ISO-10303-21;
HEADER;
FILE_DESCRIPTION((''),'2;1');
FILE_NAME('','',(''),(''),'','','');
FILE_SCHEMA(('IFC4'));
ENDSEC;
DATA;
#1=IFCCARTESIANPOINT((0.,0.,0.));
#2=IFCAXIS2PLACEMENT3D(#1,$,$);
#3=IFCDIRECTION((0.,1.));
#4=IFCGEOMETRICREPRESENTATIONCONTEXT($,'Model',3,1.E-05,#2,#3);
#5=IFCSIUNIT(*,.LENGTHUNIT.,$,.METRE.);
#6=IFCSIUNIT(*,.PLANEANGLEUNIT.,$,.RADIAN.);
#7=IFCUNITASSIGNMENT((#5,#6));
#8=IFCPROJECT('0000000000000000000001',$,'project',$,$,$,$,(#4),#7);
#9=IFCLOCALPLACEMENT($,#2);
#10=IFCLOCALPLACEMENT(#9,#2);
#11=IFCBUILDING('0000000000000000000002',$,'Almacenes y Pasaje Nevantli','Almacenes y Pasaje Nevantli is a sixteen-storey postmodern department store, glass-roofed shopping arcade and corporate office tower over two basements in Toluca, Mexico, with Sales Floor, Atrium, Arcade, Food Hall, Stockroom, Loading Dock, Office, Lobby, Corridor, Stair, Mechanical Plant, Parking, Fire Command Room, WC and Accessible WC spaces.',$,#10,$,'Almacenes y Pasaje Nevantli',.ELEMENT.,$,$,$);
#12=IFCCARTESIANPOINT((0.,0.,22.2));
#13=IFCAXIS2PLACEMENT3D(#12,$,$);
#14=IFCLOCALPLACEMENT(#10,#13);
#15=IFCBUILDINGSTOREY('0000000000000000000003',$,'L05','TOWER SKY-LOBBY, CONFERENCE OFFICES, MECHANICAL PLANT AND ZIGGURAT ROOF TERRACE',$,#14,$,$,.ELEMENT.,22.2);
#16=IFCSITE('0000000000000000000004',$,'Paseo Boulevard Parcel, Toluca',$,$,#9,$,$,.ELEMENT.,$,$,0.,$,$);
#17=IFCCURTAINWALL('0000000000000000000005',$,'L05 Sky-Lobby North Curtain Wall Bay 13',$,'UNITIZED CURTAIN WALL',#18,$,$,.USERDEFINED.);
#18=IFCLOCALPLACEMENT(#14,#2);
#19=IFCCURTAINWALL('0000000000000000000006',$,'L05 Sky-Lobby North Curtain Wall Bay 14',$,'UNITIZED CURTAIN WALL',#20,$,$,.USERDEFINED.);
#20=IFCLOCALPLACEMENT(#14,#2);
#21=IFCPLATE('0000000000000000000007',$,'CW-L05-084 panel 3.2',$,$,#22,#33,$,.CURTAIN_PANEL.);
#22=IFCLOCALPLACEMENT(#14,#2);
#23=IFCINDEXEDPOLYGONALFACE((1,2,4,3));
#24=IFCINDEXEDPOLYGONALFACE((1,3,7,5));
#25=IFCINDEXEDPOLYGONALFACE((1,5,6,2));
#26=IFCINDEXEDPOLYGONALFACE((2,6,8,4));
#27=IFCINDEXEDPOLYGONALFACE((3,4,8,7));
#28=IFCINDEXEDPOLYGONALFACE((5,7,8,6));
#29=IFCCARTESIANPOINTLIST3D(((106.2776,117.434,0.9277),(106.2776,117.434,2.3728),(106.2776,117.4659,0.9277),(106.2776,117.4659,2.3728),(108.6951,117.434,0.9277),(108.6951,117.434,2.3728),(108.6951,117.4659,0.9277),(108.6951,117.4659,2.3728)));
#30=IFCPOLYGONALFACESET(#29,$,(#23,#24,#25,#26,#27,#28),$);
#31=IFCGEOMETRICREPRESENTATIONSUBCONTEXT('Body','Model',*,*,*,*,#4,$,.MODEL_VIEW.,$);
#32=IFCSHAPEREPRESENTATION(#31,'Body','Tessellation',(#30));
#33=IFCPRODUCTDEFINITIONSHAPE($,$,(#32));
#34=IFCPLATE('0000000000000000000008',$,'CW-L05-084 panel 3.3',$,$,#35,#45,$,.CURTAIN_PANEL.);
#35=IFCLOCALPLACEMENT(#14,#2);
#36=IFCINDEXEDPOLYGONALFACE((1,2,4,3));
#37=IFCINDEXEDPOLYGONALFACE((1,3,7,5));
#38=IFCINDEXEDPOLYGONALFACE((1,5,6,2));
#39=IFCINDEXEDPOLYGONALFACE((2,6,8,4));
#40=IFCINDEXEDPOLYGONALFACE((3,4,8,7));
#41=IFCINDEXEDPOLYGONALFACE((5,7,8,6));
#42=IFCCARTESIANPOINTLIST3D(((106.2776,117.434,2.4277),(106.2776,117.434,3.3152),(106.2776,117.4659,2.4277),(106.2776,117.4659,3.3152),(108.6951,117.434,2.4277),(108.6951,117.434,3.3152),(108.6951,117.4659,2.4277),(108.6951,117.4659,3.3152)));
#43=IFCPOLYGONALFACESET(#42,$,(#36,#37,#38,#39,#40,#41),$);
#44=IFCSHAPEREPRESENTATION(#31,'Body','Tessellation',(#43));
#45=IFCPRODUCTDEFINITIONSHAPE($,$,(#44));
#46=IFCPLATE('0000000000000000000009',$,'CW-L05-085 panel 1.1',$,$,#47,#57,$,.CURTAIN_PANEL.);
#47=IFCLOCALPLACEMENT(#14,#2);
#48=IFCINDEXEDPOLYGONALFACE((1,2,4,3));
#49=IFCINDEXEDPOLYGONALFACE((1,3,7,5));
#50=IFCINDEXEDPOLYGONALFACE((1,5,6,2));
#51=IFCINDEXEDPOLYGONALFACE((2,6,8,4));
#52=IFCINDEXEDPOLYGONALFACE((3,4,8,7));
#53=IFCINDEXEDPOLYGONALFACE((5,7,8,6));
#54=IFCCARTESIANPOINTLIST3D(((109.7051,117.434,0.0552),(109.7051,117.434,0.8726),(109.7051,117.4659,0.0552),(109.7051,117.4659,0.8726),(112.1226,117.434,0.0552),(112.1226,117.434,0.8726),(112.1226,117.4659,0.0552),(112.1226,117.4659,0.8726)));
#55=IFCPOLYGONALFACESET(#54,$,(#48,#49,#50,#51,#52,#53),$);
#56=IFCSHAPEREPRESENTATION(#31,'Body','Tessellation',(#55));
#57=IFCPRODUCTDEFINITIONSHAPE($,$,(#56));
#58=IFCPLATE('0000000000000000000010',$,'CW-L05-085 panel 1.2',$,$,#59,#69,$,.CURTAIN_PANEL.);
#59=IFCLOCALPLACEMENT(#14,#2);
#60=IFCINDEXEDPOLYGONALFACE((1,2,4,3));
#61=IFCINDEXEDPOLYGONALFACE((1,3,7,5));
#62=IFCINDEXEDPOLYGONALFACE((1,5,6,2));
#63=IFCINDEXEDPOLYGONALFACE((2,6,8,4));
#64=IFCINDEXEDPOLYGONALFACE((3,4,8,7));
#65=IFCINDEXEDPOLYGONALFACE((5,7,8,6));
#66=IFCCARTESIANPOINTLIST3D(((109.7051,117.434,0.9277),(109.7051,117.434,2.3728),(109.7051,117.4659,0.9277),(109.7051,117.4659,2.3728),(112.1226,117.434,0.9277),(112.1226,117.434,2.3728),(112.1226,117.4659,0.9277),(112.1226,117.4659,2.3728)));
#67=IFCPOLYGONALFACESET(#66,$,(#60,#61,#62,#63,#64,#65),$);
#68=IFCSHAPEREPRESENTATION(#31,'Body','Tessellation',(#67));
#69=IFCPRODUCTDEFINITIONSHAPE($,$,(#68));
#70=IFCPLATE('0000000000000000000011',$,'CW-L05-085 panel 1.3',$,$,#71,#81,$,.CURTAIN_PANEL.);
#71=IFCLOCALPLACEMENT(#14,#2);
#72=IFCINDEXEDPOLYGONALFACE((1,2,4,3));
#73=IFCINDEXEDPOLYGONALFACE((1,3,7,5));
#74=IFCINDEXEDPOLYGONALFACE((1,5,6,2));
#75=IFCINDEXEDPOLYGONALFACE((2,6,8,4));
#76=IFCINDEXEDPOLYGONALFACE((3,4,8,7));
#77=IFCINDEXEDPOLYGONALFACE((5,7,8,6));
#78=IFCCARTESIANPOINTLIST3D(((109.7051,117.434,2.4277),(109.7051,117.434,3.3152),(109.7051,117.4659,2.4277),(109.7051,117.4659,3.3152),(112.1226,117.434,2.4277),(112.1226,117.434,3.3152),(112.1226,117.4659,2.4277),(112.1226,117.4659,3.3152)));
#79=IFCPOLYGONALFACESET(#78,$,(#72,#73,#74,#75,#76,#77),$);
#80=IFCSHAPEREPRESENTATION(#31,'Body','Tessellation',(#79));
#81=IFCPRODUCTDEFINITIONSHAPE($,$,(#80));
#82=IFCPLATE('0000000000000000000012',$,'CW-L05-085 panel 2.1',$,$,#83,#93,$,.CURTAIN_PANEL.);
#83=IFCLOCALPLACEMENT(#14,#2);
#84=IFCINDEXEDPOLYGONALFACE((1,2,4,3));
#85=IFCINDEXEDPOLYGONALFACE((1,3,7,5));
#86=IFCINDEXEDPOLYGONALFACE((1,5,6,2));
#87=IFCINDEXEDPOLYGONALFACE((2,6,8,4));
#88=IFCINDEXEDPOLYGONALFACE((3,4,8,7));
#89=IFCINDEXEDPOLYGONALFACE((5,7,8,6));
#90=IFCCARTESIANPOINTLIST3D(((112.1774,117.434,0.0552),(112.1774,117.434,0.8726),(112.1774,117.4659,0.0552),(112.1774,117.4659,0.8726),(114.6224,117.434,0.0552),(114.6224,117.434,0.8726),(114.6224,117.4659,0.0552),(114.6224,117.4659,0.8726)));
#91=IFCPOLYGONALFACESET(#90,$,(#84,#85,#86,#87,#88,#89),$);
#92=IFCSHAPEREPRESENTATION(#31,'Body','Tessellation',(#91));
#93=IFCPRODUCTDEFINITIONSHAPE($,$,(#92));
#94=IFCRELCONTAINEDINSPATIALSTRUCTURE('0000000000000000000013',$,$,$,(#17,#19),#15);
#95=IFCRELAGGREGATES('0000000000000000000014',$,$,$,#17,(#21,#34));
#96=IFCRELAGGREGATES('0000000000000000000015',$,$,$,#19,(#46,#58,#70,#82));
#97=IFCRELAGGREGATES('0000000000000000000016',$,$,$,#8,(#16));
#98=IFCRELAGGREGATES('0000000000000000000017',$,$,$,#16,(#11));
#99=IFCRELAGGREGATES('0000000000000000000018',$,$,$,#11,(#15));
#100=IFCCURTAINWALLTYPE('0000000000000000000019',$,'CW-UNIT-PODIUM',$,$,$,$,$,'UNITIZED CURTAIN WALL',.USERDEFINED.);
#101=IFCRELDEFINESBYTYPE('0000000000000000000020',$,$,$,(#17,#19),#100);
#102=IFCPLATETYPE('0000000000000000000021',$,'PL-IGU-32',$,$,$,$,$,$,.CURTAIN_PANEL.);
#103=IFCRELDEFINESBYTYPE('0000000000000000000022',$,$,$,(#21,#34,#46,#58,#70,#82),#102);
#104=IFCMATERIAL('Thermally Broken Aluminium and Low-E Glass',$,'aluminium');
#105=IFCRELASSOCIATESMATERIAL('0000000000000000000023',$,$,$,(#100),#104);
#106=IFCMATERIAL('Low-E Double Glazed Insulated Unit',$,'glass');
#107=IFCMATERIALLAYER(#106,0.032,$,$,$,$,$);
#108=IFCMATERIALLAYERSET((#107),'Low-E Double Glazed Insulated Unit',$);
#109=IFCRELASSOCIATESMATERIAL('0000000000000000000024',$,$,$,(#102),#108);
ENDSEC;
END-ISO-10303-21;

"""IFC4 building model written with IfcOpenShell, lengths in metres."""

from ifc_helpers import new_model, si_unit, direction, frame, origin, origin_2d, place, context, subcontext, project, spatial, rectangle, extrude, material, layer, layer_set, type_object, element, aggregate, save


model = new_model("IFC4")

# Units and contexts
model_context = context("Model", 3, precision=1e-05, world=origin(), true_north=direction((0.0, 1.0)))
body_context = subcontext(model_context, "Body", "Model", "MODEL_VIEW")
ifc_project = project(units=[si_unit("LENGTHUNIT", "METRE"), si_unit("PLANEANGLEUNIT", "RADIAN")], contexts=[model_context])

# Site, building, storey
site_placement = place(None, origin())
site = spatial("IfcSite", under=ifc_project, at=site_placement, Name="Paseo Boulevard Parcel, Toluca", CompositionType="ELEMENT", RefElevation=0.0)
building_placement = place(site_placement, origin())
building = spatial("IfcBuilding", under=site, at=building_placement, Name="Almacenes y Pasaje Nevantli", Description="Almacenes y Pasaje Nevantli is a sixteen-storey postmodern department store, glass-roofed shopping arcade and corporate office tower over two basements in Toluca, Mexico, with Sales Floor, Atrium, Arcade, Food Hall, Stockroom, Loading Dock, Office, Lobby, Corridor, Stair, Mechanical Plant, Parking, Fire Command Room, WC and Accessible WC spaces.", LongName="Almacenes y Pasaje Nevantli", CompositionType="ELEMENT")
storey_placement = place(building_placement, frame((0.0, 0.0, 22.2)))
storey = spatial("IfcBuildingStorey", under=building, at=storey_placement, Name="L05", Description="TOWER SKY-LOBBY, CONFERENCE OFFICES, MECHANICAL PLANT AND ZIGGURAT ROOF TERRACE", CompositionType="ELEMENT", Elevation=22.2)

# Curtain walls
ifc_material_1 = material(Name="Thermally Broken Aluminium and Low-E Glass", Category="aluminium")
curtain_wall_type = type_object("IfcCurtainWallType", Name="CW-UNIT-PODIUM", ElementType="UNITIZED CURTAIN WALL", PredefinedType="USERDEFINED", material=ifc_material_1)
curtain_wall_1_placement = place(storey_placement, origin())
curtain_wall_1 = element("IfcCurtainWall", 1, at=curtain_wall_1_placement, inside=storey, type_object=curtain_wall_type, Name="L05 Sky-Lobby North Curtain Wall Bay 13", ObjectType="UNITIZED CURTAIN WALL", PredefinedType="USERDEFINED")
curtain_wall_2_placement = place(storey_placement, origin())
curtain_wall_2 = element("IfcCurtainWall", 2, at=curtain_wall_2_placement, inside=storey, type_object=curtain_wall_type, Name="L05 Sky-Lobby North Curtain Wall Bay 14", ObjectType="UNITIZED CURTAIN WALL", PredefinedType="USERDEFINED")

# Plates
ifc_material_2 = material(Name="Low-E Double Glazed Insulated Unit", Category="glass")
ifc_layer = layer(ifc_material_2, 0.032)
ifc_layer_set = layer_set([ifc_layer], Name="Low-E Double Glazed Insulated Unit")
plate_type = type_object("IfcPlateType", Name="PL-IGU-32", PredefinedType="CURTAIN_PANEL", material=ifc_layer_set)
plate_1_placement = place(storey_placement, frame((107.4863, 117.45, 0.9277), z_axis=(0.0, 0.0, 1.0), x_axis=(1.0, 0.0, 0.0)))
plate_1 = element("IfcPlate", 3, at=plate_1_placement, type_object=plate_type, Name="CW-L05-084 panel 3.2", PredefinedType="CURTAIN_PANEL", context=body_context, shape_type="SweptSolid", body=[
    extrude(rectangle(XDim=2.4175, YDim=0.032, at=origin_2d()), origin(), (0.0, 0.0, 1.0), 1.4451),
])
plate_2_placement = place(storey_placement, frame((107.4863, 117.45, 2.4277), z_axis=(0.0, 0.0, 1.0), x_axis=(1.0, 0.0, 0.0)))
plate_2 = element("IfcPlate", 4, at=plate_2_placement, type_object=plate_type, Name="CW-L05-084 panel 3.3", PredefinedType="CURTAIN_PANEL", context=body_context, shape_type="SweptSolid", body=[
    extrude(rectangle(XDim=2.4175, YDim=0.032, at=origin_2d()), origin(), (0.0, 0.0, 1.0), 0.8875),
])
aggregate(curtain_wall_1, [plate_1, plate_2])
plate_3_placement = place(storey_placement, frame((110.9138, 117.45, 0.0552), z_axis=(0.0, 0.0, 1.0), x_axis=(1.0, 0.0, 0.0)))
plate_3 = element("IfcPlate", 5, at=plate_3_placement, type_object=plate_type, Name="CW-L05-085 panel 1.1", PredefinedType="CURTAIN_PANEL", context=body_context, shape_type="SweptSolid", body=[
    extrude(rectangle(XDim=2.4175, YDim=0.032, at=origin_2d()), origin(), (0.0, 0.0, 1.0), 0.8174),
])
plate_4_placement = place(storey_placement, frame((110.9138, 117.45, 0.9277), z_axis=(0.0, 0.0, 1.0), x_axis=(1.0, 0.0, 0.0)))
plate_4 = element("IfcPlate", 6, at=plate_4_placement, type_object=plate_type, Name="CW-L05-085 panel 1.2", PredefinedType="CURTAIN_PANEL", context=body_context, shape_type="SweptSolid", body=[
    extrude(rectangle(XDim=2.4175, YDim=0.032, at=origin_2d()), origin(), (0.0, 0.0, 1.0), 1.4451),
])
plate_5_placement = place(storey_placement, frame((110.9138, 117.45, 2.4277), z_axis=(0.0, 0.0, 1.0), x_axis=(1.0, 0.0, 0.0)))
plate_5 = element("IfcPlate", 7, at=plate_5_placement, type_object=plate_type, Name="CW-L05-085 panel 1.3", PredefinedType="CURTAIN_PANEL", context=body_context, shape_type="SweptSolid", body=[
    extrude(rectangle(XDim=2.4175, YDim=0.032, at=origin_2d()), origin(), (0.0, 0.0, 1.0), 0.8875),
])
plate_6_placement = place(storey_placement, frame((113.3999, 117.45, 0.0552), z_axis=(0.0, 0.0, 1.0), x_axis=(1.0, 0.0, 0.0)))
plate_6 = element("IfcPlate", 8, at=plate_6_placement, type_object=plate_type, Name="CW-L05-085 panel 2.1", PredefinedType="CURTAIN_PANEL", context=body_context, shape_type="SweptSolid", body=[
    extrude(rectangle(XDim=2.4451, YDim=0.032, at=origin_2d()), origin(), (0.0, 0.0, 1.0), 0.8174),
])
aggregate(curtain_wall_2, [plate_3, plate_4, plate_5, plate_6])

save(model, "model.ifc")
